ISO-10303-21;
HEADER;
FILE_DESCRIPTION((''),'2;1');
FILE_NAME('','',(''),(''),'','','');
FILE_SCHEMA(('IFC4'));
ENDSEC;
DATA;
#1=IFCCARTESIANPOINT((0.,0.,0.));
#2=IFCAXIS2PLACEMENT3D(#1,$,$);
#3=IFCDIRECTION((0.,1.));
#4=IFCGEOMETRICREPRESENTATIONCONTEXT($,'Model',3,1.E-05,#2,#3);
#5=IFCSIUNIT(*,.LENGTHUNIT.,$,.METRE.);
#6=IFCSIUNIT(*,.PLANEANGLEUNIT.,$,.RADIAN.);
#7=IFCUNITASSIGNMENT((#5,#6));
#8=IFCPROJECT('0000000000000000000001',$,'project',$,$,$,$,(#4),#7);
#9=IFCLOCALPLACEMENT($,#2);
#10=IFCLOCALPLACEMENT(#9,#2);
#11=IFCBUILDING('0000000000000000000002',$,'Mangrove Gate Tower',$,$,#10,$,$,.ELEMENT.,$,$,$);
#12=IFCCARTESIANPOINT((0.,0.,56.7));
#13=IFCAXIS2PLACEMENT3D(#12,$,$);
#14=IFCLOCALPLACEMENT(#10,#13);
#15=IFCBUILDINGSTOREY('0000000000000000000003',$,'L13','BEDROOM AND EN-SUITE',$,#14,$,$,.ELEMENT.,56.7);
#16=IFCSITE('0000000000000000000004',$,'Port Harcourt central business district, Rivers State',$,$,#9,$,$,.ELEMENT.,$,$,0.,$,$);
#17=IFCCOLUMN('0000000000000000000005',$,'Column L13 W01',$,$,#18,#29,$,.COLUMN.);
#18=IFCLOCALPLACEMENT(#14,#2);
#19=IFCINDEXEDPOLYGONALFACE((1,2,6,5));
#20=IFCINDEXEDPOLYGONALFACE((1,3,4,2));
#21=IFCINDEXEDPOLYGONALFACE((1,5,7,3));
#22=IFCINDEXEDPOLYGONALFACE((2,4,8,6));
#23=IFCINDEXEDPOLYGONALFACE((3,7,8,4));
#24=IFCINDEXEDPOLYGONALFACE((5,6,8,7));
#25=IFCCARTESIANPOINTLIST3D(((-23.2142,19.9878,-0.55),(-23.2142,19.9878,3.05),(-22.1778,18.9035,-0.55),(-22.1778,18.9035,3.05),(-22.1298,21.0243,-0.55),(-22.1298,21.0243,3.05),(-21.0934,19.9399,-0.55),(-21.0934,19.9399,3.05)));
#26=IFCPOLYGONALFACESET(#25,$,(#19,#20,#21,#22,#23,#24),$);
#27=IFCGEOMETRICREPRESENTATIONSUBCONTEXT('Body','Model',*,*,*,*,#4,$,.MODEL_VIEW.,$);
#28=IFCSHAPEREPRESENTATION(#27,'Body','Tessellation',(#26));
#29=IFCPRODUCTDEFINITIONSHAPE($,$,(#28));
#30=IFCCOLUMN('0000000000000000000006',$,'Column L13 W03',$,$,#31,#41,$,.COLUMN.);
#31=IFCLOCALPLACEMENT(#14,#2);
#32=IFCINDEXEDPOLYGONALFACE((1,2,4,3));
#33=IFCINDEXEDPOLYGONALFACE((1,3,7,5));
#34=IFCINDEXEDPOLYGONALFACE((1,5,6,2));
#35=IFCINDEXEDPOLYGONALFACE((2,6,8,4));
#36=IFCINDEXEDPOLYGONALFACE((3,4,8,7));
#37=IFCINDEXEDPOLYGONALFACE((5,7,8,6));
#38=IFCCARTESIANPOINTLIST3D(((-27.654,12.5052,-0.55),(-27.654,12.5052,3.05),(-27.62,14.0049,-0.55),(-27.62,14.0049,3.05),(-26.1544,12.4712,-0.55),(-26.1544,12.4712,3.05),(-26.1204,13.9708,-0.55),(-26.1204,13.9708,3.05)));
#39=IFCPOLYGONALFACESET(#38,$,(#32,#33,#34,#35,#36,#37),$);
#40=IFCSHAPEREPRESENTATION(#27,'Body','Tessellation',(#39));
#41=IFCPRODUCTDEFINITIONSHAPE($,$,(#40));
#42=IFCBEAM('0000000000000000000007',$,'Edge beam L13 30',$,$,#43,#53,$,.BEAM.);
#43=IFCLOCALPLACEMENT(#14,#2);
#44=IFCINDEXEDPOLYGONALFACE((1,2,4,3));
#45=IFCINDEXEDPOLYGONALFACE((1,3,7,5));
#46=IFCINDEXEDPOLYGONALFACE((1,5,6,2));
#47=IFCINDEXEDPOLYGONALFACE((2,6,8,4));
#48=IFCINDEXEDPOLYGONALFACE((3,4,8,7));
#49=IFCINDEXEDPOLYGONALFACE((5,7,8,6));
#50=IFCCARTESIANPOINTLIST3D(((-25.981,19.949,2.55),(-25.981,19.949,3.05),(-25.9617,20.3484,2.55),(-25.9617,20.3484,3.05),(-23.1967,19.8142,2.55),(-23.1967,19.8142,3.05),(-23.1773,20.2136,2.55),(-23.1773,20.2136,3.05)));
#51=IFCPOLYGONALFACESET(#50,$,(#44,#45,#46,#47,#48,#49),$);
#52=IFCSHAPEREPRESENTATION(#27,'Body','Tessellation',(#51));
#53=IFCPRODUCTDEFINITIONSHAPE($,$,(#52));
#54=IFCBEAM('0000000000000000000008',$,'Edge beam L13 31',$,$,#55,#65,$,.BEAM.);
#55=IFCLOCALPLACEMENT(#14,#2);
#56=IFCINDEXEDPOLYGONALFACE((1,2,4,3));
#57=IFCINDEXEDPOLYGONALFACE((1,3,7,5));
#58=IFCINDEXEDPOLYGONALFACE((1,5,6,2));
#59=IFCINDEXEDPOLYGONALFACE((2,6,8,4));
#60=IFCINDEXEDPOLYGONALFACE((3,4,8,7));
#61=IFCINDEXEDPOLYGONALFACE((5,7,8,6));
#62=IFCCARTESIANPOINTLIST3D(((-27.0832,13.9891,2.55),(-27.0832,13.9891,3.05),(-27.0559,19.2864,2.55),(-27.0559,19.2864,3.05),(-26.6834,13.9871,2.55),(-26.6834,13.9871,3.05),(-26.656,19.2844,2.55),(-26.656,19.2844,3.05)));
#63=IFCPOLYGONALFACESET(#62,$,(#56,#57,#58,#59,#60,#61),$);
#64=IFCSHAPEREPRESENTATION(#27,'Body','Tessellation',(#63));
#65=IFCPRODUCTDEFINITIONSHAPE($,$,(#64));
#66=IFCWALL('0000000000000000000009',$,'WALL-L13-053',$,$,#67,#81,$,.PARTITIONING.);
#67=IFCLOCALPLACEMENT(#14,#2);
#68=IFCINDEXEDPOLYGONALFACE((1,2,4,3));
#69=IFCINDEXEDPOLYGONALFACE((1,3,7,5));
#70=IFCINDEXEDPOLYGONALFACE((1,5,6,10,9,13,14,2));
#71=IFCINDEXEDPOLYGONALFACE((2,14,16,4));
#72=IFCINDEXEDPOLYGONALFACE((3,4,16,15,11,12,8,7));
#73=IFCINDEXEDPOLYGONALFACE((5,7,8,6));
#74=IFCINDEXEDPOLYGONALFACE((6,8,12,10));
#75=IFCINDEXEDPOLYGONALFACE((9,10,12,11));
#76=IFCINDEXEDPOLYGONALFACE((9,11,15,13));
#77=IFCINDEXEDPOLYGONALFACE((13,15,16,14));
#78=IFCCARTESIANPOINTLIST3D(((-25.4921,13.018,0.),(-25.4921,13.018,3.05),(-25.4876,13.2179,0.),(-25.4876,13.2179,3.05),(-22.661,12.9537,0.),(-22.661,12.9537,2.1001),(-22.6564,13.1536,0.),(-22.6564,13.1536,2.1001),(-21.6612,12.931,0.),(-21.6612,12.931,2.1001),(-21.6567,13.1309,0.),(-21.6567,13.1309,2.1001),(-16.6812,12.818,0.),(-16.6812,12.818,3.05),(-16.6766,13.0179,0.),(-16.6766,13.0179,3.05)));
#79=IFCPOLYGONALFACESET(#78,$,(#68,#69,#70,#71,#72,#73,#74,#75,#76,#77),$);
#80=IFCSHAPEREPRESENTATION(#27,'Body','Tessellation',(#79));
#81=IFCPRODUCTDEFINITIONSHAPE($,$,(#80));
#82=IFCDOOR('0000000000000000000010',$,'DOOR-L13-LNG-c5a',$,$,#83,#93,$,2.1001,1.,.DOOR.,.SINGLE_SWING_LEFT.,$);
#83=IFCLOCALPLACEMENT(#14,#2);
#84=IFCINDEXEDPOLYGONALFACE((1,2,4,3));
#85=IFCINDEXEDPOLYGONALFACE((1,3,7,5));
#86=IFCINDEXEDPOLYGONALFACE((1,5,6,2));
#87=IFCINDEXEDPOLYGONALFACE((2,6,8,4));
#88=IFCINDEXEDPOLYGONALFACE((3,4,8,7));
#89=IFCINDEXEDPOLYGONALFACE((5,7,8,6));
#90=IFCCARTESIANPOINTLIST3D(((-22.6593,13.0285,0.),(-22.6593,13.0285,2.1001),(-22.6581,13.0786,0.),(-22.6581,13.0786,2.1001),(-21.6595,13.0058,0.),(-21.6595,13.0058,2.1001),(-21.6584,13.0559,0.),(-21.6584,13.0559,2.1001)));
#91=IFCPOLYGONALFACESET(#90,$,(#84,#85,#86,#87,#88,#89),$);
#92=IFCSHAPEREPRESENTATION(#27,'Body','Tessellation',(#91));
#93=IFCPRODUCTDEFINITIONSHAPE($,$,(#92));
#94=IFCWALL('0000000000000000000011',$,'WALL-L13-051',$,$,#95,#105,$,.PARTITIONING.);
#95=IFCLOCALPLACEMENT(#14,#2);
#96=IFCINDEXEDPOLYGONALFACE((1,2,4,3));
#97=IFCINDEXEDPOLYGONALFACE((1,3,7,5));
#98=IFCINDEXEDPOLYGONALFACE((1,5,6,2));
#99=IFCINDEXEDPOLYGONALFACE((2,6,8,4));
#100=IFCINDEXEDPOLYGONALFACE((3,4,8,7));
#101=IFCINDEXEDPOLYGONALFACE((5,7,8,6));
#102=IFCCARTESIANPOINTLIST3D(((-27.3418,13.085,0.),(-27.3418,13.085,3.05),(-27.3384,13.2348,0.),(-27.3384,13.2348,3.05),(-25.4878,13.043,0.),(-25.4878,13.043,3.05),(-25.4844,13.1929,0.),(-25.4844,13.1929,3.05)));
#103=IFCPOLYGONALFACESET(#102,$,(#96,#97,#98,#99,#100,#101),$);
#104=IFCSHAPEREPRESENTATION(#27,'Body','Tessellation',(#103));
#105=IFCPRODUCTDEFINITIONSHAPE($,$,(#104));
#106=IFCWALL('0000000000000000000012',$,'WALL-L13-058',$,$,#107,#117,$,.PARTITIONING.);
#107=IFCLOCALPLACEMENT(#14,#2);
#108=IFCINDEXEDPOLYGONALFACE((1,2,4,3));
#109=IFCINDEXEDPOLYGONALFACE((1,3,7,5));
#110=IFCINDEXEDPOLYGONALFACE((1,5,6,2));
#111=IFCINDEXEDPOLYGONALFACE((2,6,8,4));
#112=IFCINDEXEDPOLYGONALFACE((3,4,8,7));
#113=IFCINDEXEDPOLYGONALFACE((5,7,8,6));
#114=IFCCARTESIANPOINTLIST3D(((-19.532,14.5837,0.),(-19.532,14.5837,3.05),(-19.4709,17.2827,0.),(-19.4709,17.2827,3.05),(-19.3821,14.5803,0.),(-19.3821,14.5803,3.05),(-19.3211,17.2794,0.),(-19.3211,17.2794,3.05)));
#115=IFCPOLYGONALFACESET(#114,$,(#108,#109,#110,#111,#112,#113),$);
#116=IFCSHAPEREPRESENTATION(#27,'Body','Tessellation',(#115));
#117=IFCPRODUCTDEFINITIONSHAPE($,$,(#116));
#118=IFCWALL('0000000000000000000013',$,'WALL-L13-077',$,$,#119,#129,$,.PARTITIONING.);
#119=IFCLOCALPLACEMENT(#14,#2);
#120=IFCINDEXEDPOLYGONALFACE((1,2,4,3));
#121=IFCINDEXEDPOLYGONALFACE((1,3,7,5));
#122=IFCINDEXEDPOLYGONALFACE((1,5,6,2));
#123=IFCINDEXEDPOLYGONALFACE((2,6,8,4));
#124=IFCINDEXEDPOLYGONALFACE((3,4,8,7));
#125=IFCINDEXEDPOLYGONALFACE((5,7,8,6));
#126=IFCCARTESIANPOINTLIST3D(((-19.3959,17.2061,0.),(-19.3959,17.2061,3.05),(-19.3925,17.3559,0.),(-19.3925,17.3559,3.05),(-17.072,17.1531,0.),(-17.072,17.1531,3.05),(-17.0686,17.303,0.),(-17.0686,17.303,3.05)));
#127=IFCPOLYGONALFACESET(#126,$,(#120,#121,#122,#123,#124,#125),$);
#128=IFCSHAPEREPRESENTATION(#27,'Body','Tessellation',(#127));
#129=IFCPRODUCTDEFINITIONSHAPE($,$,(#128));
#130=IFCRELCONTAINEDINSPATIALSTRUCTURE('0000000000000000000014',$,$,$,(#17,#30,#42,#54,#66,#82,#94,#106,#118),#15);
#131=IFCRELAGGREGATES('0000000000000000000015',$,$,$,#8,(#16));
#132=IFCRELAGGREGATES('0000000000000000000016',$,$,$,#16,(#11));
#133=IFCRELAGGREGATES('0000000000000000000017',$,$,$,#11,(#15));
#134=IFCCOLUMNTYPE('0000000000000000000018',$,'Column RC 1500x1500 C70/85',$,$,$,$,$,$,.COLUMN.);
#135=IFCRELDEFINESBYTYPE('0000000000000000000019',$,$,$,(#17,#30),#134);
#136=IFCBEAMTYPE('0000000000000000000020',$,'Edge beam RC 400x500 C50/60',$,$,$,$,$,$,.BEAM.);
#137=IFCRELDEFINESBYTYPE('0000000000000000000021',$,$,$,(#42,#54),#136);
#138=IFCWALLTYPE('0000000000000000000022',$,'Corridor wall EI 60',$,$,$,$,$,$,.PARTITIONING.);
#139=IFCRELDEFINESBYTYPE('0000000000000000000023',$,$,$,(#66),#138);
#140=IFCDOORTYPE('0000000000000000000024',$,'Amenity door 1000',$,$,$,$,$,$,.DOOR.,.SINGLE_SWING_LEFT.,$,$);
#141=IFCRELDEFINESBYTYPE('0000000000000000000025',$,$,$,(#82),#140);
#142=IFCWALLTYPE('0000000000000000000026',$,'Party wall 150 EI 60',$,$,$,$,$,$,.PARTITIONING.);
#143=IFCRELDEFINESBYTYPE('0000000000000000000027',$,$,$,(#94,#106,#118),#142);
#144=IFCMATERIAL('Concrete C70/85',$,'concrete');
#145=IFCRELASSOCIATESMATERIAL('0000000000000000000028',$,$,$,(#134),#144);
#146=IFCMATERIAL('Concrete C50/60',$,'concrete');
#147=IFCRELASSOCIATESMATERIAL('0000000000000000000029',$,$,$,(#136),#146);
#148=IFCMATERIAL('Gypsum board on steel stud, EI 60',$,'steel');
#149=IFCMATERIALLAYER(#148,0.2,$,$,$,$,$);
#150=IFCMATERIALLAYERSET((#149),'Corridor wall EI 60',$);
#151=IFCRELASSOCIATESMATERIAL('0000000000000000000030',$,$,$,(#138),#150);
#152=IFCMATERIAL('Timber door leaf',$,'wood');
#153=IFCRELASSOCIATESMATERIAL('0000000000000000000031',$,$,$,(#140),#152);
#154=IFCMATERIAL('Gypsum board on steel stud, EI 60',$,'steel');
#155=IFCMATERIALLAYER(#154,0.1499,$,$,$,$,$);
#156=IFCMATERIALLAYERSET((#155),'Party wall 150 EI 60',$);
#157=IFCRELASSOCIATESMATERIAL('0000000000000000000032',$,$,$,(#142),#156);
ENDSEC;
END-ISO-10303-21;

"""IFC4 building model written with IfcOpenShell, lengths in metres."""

from ifc_helpers import new_model, si_unit, direction, frame, frame_2d, origin, origin_2d, place, context, subcontext, project, spatial, rectangle, extrude, material, layer, layer_set, material_profile, profile_set, type_object, element, fill, save


model = new_model("IFC4")

# Units and contexts
model_context = context("Model", 3, precision=1e-05, world=origin(), true_north=direction((0.0, 1.0)))
body_context = subcontext(model_context, "Body", "Model", "MODEL_VIEW")
ifc_project = project(units=[si_unit("LENGTHUNIT", "METRE"), si_unit("PLANEANGLEUNIT", "RADIAN")], contexts=[model_context])

# Site, building, storey
site_placement = place(None, origin())
site = spatial("IfcSite", under=ifc_project, at=site_placement, Name="Port Harcourt central business district, Rivers State", CompositionType="ELEMENT", RefElevation=0.0)
building_placement = place(site_placement, origin())
building = spatial("IfcBuilding", under=site, at=building_placement, Name="Mangrove Gate Tower", CompositionType="ELEMENT")
storey_placement = place(building_placement, frame((0.0, 0.0, 56.7)))
storey = spatial("IfcBuildingStorey", under=building, at=storey_placement, Name="L13", Description="BEDROOM AND EN-SUITE", CompositionType="ELEMENT", Elevation=56.7)

# Columns
ifc_material_1 = material(Name="Concrete C70/85", Category="concrete")
ifc_material_profile_1 = material_profile(ifc_material_1, rectangle(XDim=1.5, YDim=1.5, at=origin_2d()))
ifc_profile_set_1 = profile_set([ifc_material_profile_1], Name="Concrete C70/85")
column_type = type_object("IfcColumnType", Name="Column RC 1500x1500 C70/85", PredefinedType="COLUMN", material=ifc_profile_set_1)
for number, where, z_axis, x_axis, name in (
    (1, (-22.1538, 19.9639, -0.55), (0.0, 0.0, 1.0), (-0.722911, -0.690942, 0.0), "Column L13 W01"),
    (2, (-26.8872, 13.238, -0.55), (0.0, 0.0, 1.0), (-0.022683, -0.999743, 0.0), "Column L13 W03"),
):
    element("IfcColumn", number, at=place(storey_placement, frame(where, z_axis=z_axis, x_axis=x_axis)), inside=storey, type_object=column_type, Name=name, PredefinedType="COLUMN", context=body_context, shape_type="SweptSolid", body=[
        extrude(rectangle(XDim=1.5, YDim=1.5, at=origin_2d()), origin(), (0.0, 0.0, 1.0), 3.6001),
    ])

# Beams
ifc_material_2 = material(Name="Concrete C50/60", Category="concrete")
ifc_material_profile_2 = material_profile(ifc_material_2, rectangle(XDim=0.3999, YDim=0.5, at=origin_2d()))
ifc_profile_set_2 = profile_set([ifc_material_profile_2], Name="Concrete C50/60")
beam_type = type_object("IfcBeamType", Name="Edge beam RC 400x500 C50/60", PredefinedType="BEAM", material=ifc_profile_set_2)
beam_1_placement = place(storey_placement, frame((-23.187, 20.0139, 2.8), z_axis=(-0.998831, 0.048343, 0.0), x_axis=(-0.048343, -0.998831, 0.0)))
element("IfcBeam", 3, at=beam_1_placement, inside=storey, type_object=beam_type, Name="Edge beam L13 30", PredefinedType="BEAM", context=body_context, shape_type="SweptSolid", body=[
    extrude(rectangle(XDim=0.3999, YDim=0.5, at=origin_2d()), origin(), (0.0, 0.0, 1.0), 2.7876),
])
beam_2_placement = place(storey_placement, frame((-26.856, 19.2854, 2.8), z_axis=(-0.005162, -0.999987, 0.0), x_axis=(0.999987, -0.005162, 0.0)))
element("IfcBeam", 4, at=beam_2_placement, inside=storey, type_object=beam_type, Name="Edge beam L13 31", PredefinedType="BEAM", context=body_context, shape_type="SweptSolid", body=[
    extrude(rectangle(XDim=0.3999, YDim=0.5, at=origin_2d()), origin(), (0.0, 0.0, 1.0), 5.2974),
])

# Wall, opening, door
ifc_material_3 = material(Name="Gypsum board on steel stud, EI 60", Category="steel")
ifc_layer_1 = layer(ifc_material_3, 0.2)
ifc_layer_set_1 = layer_set([ifc_layer_1], Name="Corridor wall EI 60")
wall_type_1 = type_object("IfcWallType", Name="Corridor wall EI 60", PredefinedType="PARTITIONING", material=ifc_layer_set_1)
wall_1_placement = place(storey_placement, frame((-25.49, 13.1179, 0.0), z_axis=(0.0, 0.0, 1.0), x_axis=(0.999743, -0.022687, 0.0)))
wall_1 = element("IfcWall", 5, at=wall_1_placement, inside=storey, type_object=wall_type_1, Name="WALL-L13-053", PredefinedType="PARTITIONING", context=body_context, shape_type="SweptSolid", body=[
    extrude(rectangle(XDim=8.8132, YDim=0.2, at=frame_2d((4.4067, 0.0))), origin(), (0.0, 0.0, 1.0), 3.05),
])
opening_1_placement = place(wall_1_placement, frame((2.832, 0.0, 0.0)))
opening_1 = element("IfcOpeningElement", 6, at=opening_1_placement, cuts=wall_1, PredefinedType="OPENING", context=body_context, shape_type="SweptSolid", body=[
    extrude(rectangle(XDim=1.0, YDim=2.1001, at=frame_2d((0.5, 1.05))), frame((0.0, 0.1099, 0.0), z_axis=(0.0, -1.0, 0.0), x_axis=(1.0, 0.0, 0.0)), (0.0, 0.0, 1.0), 0.22),
])
ifc_material_4 = material(Name="Timber door leaf", Category="wood")
door_type_1 = type_object("IfcDoorType", Name="Amenity door 1000", OperationType="SINGLE_SWING_LEFT", PredefinedType="DOOR", material=ifc_material_4)
door_1_placement = place(opening_1_placement, origin())
door_1 = element("IfcDoor", 7, at=door_1_placement, inside=storey, type_object=door_type_1, Name="DOOR-L13-LNG-c5a", OperationType="SINGLE_SWING_LEFT", OverallHeight=2.1001, OverallWidth=1.0, PredefinedType="DOOR", context=body_context, shape_type="SweptSolid", body=[
    extrude(rectangle(XDim=1.0, YDim=2.1001, at=frame_2d((0.5, 1.05))), frame((0.0, 0.0249, 0.0), z_axis=(0.0, -1.0, 0.0), x_axis=(1.0, 0.0, 0.0)), (0.0, 0.0, 1.0), 0.05),
])
fill(opening_1, door_1)

# Walls
ifc_material_5 = material(Name="Gypsum board on steel stud, EI 60", Category="steel")
ifc_layer_2 = layer(ifc_material_5, 0.1499)
ifc_layer_set_2 = layer_set([ifc_layer_2], Name="Party wall 150 EI 60")
wall_type_2 = type_object("IfcWallType", Name="Party wall 150 EI 60", PredefinedType="PARTITIONING", material=ifc_layer_set_2)
wall_2_placement = place(storey_placement, frame((-27.3401, 13.1599, 0.0), z_axis=(0.0, 0.0, 1.0), x_axis=(0.999744, -0.022644, 0.0)))
element("IfcWall", 8, at=wall_2_placement, inside=storey, type_object=wall_type_2, Name="WALL-L13-051", PredefinedType="PARTITIONING", context=body_context, shape_type="SweptSolid", body=[
    extrude(rectangle(XDim=1.8545, YDim=0.1499, at=frame_2d((0.9272, 0.0))), origin(), (0.0, 0.0, 1.0), 3.05),
])
wall_3_placement = place(storey_placement, frame((-19.457, 14.582, 0.0), z_axis=(0.0, 0.0, 1.0), x_axis=(0.022608, 0.999744, 0.0)))
element("IfcWall", 9, at=wall_3_placement, inside=storey, type_object=wall_type_2, Name="WALL-L13-058", PredefinedType="PARTITIONING", context=body_context, shape_type="SweptSolid", body=[
    extrude(rectangle(XDim=2.6997, YDim=0.1499, at=frame_2d((1.3499, 0.0))), origin(), (0.0, 0.0, 1.0), 3.05),
])
wall_4_placement = place(storey_placement, frame((-19.394, 17.281, 0.0), z_axis=(0.0, 0.0, 1.0), x_axis=(0.99974, -0.022791, 0.0)))
element("IfcWall", 10, at=wall_4_placement, inside=storey, type_object=wall_type_2, Name="WALL-L13-077", PredefinedType="PARTITIONING", context=body_context, shape_type="SweptSolid", body=[
    extrude(rectangle(XDim=2.3245, YDim=0.1499, at=frame_2d((1.1621, 0.0))), origin(), (0.0, 0.0, 1.0), 3.05),
])

save(model, "model.ifc")
